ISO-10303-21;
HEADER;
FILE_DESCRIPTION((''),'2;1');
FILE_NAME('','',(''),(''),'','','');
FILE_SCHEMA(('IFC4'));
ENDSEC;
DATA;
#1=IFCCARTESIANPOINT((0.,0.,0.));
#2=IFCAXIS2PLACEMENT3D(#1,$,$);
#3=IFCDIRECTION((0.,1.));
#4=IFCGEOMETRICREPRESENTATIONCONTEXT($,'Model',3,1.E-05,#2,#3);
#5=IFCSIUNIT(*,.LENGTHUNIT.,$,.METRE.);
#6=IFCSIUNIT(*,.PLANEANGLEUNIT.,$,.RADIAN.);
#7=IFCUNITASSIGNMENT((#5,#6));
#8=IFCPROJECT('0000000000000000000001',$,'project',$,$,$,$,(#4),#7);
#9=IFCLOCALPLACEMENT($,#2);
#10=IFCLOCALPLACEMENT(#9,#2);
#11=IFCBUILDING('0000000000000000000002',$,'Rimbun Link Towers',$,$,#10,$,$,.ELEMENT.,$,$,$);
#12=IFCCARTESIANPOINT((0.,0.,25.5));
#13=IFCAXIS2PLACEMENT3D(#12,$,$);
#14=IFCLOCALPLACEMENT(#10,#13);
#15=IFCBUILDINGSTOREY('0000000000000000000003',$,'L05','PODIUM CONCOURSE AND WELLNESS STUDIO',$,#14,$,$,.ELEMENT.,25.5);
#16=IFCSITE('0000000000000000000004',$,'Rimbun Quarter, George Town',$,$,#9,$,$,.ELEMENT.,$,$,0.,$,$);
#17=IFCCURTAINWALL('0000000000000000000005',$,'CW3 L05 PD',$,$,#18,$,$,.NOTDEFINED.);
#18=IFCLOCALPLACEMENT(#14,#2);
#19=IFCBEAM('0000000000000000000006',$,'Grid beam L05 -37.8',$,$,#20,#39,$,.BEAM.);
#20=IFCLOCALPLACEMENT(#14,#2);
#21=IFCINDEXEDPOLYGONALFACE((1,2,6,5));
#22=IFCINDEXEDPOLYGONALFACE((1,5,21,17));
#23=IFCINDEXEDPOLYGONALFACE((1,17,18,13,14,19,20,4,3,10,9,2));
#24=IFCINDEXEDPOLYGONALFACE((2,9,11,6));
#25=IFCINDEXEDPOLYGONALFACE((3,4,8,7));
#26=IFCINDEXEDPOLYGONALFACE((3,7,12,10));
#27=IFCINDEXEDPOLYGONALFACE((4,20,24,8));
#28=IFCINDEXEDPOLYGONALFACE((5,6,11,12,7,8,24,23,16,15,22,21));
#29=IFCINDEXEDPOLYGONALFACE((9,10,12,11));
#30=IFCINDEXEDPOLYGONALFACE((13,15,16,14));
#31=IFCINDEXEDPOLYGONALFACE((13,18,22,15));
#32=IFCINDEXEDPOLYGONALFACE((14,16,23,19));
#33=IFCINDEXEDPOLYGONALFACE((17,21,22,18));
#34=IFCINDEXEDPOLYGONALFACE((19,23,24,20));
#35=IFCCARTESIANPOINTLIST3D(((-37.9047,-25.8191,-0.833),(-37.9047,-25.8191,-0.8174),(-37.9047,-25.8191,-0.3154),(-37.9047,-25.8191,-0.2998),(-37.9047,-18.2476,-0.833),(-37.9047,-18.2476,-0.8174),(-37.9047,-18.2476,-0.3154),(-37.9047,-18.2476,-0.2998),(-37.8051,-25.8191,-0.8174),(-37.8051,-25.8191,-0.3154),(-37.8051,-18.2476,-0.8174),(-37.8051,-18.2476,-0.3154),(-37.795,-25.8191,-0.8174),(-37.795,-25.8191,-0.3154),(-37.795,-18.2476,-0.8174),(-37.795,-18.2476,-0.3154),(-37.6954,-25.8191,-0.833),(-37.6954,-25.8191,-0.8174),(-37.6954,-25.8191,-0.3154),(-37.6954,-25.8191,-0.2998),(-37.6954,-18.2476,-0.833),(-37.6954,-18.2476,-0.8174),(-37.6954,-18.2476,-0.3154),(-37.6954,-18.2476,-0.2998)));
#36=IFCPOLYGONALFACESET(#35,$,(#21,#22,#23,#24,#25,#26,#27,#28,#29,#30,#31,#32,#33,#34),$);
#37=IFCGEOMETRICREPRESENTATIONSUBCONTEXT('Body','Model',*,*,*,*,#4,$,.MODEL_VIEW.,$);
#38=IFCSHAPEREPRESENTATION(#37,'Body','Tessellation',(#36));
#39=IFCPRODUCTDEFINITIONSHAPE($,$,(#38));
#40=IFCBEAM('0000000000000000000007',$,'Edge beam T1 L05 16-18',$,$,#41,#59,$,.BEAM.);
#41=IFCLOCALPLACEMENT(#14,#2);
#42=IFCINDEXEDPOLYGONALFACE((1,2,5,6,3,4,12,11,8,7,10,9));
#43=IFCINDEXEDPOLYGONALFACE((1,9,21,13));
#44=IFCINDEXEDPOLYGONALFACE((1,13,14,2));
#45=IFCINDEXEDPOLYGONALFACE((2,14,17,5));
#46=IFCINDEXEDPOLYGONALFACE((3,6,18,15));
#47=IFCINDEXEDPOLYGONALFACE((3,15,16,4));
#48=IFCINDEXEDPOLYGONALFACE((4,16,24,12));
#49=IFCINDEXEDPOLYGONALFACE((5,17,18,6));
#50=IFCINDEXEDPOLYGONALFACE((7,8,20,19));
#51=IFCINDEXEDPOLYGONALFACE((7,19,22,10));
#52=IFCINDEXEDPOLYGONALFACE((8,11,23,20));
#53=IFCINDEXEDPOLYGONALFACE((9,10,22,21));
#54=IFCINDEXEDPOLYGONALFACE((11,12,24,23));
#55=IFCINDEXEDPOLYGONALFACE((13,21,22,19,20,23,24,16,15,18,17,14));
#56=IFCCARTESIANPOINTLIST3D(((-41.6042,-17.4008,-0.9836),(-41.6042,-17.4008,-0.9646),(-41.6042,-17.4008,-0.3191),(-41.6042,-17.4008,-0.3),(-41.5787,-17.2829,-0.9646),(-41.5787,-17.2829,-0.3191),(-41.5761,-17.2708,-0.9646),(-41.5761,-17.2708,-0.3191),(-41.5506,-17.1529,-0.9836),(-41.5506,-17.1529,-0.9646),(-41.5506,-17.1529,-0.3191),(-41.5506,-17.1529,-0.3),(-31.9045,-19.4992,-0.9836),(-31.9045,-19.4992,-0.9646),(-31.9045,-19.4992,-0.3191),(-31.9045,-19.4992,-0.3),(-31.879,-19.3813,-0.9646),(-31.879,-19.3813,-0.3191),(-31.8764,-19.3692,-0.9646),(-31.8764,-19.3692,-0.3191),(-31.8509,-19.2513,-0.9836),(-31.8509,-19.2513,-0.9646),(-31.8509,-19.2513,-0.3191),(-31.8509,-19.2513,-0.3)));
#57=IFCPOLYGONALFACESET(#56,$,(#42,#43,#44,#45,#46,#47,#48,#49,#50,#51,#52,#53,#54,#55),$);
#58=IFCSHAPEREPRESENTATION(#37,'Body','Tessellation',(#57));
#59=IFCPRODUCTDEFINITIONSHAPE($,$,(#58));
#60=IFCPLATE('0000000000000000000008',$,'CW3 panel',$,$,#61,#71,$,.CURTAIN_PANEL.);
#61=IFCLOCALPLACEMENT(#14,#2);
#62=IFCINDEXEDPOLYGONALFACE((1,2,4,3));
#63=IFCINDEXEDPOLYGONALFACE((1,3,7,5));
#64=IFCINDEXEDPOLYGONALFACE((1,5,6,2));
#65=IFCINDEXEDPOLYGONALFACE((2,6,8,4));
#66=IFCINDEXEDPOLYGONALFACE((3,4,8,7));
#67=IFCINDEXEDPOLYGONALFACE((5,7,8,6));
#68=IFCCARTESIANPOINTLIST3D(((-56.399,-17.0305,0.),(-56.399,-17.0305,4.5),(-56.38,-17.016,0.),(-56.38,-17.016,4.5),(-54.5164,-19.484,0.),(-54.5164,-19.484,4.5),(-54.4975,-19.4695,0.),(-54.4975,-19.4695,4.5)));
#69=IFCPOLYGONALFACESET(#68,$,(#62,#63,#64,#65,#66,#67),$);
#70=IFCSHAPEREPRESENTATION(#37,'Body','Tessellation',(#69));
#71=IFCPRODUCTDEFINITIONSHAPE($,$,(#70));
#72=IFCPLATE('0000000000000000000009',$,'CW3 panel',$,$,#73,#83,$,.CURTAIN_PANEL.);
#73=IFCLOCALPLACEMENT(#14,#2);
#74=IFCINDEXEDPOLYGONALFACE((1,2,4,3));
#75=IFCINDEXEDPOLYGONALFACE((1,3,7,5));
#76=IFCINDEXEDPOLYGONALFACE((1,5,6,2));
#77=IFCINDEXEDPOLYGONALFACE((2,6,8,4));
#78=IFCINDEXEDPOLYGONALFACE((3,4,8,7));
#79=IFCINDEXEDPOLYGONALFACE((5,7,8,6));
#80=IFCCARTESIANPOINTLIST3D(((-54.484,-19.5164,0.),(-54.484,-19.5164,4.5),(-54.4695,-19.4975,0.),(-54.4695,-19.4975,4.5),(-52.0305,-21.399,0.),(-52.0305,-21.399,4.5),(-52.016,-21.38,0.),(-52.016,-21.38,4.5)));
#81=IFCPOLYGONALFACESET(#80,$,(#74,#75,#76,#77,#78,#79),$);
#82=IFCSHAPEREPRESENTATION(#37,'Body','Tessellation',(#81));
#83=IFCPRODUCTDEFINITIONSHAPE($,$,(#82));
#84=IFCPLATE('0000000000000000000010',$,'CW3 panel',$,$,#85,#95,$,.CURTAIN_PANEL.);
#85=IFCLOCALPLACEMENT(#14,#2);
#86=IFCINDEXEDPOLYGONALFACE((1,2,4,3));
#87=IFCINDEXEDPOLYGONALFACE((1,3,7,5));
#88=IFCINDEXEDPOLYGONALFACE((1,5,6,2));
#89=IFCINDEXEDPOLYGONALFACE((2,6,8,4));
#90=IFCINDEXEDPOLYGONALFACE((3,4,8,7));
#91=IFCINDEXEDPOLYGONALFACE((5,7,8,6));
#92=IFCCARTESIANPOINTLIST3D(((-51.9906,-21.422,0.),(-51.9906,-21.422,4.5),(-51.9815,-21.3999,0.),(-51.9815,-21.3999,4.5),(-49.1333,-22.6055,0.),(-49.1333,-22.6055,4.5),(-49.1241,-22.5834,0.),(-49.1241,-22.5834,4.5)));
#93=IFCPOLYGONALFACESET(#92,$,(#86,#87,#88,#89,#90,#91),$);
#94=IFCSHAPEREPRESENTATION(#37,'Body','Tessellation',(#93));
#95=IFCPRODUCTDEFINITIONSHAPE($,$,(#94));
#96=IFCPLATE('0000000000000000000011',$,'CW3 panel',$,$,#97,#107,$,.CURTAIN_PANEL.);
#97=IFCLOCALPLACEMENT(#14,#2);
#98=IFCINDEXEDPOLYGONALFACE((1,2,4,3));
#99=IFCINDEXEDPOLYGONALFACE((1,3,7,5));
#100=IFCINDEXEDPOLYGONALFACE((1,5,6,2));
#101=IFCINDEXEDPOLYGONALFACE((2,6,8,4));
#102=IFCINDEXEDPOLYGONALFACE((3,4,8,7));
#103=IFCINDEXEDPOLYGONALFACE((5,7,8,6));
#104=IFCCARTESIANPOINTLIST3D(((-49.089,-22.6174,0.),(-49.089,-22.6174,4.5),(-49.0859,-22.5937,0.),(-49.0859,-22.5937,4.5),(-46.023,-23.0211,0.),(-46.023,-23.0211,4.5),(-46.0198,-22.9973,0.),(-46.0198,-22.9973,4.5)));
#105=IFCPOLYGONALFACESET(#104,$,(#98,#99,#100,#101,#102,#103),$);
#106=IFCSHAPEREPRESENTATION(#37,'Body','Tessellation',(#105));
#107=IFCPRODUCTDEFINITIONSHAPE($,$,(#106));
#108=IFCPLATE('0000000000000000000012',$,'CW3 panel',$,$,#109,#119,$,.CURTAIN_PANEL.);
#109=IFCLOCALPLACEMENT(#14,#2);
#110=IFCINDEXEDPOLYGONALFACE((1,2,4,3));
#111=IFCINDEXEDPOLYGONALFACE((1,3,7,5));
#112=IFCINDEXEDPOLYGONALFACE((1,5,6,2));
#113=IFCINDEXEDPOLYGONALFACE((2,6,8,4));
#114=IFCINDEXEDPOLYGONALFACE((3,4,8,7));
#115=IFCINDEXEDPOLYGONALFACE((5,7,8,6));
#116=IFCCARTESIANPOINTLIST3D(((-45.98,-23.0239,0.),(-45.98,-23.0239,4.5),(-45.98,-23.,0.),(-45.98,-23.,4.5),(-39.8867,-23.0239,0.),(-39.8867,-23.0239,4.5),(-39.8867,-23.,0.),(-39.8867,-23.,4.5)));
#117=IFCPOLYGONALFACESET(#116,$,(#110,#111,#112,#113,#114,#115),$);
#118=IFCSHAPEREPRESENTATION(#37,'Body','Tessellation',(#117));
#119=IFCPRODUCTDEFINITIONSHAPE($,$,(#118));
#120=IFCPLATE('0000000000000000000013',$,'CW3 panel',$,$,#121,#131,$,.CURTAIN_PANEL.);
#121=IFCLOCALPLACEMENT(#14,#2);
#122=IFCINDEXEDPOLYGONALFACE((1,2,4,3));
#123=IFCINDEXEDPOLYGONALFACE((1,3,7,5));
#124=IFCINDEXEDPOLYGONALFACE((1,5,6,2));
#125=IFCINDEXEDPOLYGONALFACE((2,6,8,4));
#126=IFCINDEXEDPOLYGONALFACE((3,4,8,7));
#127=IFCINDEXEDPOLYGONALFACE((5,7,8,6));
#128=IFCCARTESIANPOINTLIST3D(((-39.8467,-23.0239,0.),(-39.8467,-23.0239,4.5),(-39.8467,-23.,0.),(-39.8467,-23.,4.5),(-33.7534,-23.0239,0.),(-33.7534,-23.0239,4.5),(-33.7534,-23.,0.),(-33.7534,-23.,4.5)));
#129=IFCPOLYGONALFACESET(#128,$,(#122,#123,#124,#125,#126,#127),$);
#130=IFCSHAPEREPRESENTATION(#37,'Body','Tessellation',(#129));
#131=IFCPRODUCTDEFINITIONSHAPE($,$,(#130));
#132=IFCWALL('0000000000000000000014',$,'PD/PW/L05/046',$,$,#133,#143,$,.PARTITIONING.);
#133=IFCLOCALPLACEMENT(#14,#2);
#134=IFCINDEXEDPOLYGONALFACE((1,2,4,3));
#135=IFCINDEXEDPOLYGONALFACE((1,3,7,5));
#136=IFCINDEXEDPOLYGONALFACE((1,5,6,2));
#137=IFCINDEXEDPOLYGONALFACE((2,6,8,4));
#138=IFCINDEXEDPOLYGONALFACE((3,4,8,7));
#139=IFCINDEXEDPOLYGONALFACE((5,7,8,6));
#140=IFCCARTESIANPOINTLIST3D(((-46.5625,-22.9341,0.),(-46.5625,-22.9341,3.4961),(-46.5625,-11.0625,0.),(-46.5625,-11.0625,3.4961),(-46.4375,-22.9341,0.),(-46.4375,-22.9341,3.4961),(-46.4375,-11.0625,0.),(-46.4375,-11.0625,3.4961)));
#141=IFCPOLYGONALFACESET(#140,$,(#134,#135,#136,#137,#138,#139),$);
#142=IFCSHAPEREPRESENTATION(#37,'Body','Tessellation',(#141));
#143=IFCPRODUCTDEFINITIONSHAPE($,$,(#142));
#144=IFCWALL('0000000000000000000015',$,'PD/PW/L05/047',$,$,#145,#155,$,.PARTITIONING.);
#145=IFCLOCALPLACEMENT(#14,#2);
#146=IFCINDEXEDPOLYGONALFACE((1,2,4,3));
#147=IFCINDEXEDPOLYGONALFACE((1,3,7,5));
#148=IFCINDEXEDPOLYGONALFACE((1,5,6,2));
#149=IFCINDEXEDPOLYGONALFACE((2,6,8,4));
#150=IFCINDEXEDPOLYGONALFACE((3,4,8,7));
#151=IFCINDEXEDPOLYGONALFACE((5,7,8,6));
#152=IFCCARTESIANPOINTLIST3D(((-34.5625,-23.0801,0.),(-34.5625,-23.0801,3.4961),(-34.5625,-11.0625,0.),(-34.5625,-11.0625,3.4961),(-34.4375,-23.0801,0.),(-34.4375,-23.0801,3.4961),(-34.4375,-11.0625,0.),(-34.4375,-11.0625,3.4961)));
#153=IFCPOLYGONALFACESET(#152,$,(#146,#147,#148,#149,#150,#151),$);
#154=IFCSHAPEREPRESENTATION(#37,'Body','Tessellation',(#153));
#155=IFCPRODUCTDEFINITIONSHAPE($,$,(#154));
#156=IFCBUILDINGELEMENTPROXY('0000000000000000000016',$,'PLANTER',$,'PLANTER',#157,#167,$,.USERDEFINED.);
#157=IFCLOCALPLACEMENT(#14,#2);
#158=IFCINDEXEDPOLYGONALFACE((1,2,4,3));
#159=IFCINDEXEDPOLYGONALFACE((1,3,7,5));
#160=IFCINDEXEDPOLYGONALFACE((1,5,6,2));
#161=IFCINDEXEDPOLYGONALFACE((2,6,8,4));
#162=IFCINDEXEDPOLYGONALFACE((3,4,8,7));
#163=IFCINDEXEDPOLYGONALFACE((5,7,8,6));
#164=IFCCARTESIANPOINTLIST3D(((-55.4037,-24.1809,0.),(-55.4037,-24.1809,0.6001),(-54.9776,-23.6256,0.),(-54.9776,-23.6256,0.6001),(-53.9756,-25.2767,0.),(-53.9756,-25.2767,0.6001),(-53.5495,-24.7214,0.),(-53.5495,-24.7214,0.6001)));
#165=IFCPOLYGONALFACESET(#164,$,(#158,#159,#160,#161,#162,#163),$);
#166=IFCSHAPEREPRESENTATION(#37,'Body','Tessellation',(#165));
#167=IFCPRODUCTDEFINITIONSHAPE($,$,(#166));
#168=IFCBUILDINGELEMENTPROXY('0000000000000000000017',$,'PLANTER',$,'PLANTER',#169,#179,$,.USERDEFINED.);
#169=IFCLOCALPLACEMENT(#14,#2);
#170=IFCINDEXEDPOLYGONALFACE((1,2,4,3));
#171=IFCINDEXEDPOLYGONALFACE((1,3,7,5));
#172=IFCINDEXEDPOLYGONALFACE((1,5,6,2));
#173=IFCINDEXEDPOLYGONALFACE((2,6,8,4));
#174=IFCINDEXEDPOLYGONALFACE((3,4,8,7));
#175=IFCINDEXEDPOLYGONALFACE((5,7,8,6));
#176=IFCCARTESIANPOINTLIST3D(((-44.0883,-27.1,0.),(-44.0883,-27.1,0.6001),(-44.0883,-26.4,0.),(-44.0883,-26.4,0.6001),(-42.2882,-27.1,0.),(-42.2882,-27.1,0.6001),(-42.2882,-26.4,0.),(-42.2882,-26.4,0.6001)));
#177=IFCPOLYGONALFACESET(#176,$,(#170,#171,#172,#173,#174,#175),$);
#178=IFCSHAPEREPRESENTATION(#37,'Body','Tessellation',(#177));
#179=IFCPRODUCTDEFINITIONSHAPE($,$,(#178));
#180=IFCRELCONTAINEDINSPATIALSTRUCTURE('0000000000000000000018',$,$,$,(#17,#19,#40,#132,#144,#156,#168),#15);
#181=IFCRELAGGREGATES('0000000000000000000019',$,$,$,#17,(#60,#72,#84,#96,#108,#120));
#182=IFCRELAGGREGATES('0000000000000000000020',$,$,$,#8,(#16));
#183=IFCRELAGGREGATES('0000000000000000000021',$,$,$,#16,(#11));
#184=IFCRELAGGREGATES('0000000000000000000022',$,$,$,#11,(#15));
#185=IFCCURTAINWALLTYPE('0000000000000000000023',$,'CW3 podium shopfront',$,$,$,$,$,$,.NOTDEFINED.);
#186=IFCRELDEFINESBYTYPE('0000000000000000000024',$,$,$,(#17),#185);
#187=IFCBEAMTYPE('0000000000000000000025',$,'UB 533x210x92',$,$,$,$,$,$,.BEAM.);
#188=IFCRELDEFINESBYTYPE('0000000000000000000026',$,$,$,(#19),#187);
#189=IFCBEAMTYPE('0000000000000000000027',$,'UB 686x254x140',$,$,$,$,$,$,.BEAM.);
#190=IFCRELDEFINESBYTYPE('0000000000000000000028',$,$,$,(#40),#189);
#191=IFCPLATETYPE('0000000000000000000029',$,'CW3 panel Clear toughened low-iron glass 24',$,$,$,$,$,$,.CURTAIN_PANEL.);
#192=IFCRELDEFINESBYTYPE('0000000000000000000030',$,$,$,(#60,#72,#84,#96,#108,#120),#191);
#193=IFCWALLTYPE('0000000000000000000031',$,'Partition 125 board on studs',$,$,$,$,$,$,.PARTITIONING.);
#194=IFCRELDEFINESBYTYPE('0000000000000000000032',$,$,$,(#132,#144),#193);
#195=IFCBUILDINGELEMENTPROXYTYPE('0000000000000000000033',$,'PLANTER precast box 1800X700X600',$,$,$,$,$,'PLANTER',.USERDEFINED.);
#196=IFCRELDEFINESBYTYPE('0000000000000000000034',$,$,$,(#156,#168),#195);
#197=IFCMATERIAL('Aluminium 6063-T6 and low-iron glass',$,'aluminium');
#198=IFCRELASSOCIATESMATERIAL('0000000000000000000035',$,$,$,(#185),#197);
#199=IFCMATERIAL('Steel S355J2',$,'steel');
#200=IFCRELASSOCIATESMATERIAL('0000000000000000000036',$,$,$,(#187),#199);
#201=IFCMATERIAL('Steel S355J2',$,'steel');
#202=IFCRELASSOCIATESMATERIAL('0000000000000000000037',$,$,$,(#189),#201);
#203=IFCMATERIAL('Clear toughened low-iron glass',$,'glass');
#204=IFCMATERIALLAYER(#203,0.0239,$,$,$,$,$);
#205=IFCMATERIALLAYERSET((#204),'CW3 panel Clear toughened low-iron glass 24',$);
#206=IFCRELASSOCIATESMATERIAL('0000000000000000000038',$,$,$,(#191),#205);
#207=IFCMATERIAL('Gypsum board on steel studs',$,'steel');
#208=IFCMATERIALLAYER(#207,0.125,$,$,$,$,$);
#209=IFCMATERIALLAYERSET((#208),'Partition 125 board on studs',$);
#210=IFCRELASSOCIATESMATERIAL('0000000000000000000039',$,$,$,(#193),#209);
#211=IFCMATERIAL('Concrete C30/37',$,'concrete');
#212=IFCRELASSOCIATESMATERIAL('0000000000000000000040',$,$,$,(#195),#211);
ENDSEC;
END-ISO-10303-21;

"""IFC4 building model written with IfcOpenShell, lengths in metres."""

from ifc_helpers import new_model, si_unit, direction, frame, frame_2d, origin, origin_2d, place, context, subcontext, project, spatial, rectangle, i_section, extrude, material, layer, layer_set, material_profile, profile_set, type_object, element, aggregate, save


model = new_model("IFC4")

# Units and contexts
model_context = context("Model", 3, precision=1e-05, world=origin(), true_north=direction((0.0, 1.0)))
body_context = subcontext(model_context, "Body", "Model", "MODEL_VIEW")
ifc_project = project(units=[si_unit("LENGTHUNIT", "METRE"), si_unit("PLANEANGLEUNIT", "RADIAN")], contexts=[model_context])

# Site, building, storey
site_placement = place(None, origin())
site = spatial("IfcSite", under=ifc_project, at=site_placement, Name="Rimbun Quarter, George Town", CompositionType="ELEMENT", RefElevation=0.0)
building_placement = place(site_placement, origin())
building = spatial("IfcBuilding", under=site, at=building_placement, Name="Rimbun Link Towers", CompositionType="ELEMENT")
storey_placement = place(building_placement, frame((0.0, 0.0, 25.5)))
storey = spatial("IfcBuildingStorey", under=building, at=storey_placement, Name="L05", Description="PODIUM CONCOURSE AND WELLNESS STUDIO", CompositionType="ELEMENT", Elevation=25.5)

# Curtain wall
ifc_material_1 = material(Name="Aluminium 6063-T6 and low-iron glass", Category="aluminium")
curtain_wall_type = type_object("IfcCurtainWallType", Name="CW3 podium shopfront", PredefinedType="NOTDEFINED", material=ifc_material_1)
curtain_wall_placement = place(storey_placement, origin())
curtain_wall = element("IfcCurtainWall", 1, at=curtain_wall_placement, inside=storey, type_object=curtain_wall_type, Name="CW3 L05 PD", PredefinedType="NOTDEFINED")

# Beams
ifc_material_2 = material(Name="Steel S355J2", Category="steel")
ifc_material_profile_1 = material_profile(ifc_material_2, i_section(OverallWidth=0.2092, OverallDepth=0.5332, WebThickness=0.01, FlangeThickness=0.0156, at=origin_2d()), Name="UB 533x210x92")
ifc_profile_set_1 = profile_set([ifc_material_profile_1], Name="Steel S355J2")
beam_type_1 = type_object("IfcBeamType", Name="UB 533x210x92", PredefinedType="BEAM", material=ifc_profile_set_1)
beam_1_placement = place(storey_placement, frame((-37.8, -25.8191, -0.5664), z_axis=(0.0, 1.0, 0.0), x_axis=(-1.0, 0.0, 0.0)))
element("IfcBeam", 2, at=beam_1_placement, inside=storey, type_object=beam_type_1, Name="Grid beam L05 -37.8", PredefinedType="BEAM", context=body_context, shape_type="SweptSolid", body=[
    extrude(i_section(OverallWidth=0.2092, OverallDepth=0.5332, WebThickness=0.01, FlangeThickness=0.0156, at=origin_2d()), origin(), (0.0, 0.0, 1.0), 7.5715),
])
ifc_material_3 = material(Name="Steel S355J2", Category="steel")
ifc_material_profile_2 = material_profile(ifc_material_3, i_section(OverallWidth=0.2537, OverallDepth=0.6836, WebThickness=0.0125, FlangeThickness=0.019, at=origin_2d()), Name="UB 686x254x140")
ifc_profile_set_2 = profile_set([ifc_material_profile_2], Name="Steel S355J2")
beam_type_2 = type_object("IfcBeamType", Name="UB 686x254x140", PredefinedType="BEAM", material=ifc_profile_set_2)
beam_2_placement = place(storey_placement, frame((-41.5774, -17.2769, -0.6418), z_axis=(0.97739, -0.211444, 0.0), x_axis=(0.211444, 0.97739, 0.0)))
element("IfcBeam", 3, at=beam_2_placement, inside=storey, type_object=beam_type_2, Name="Edge beam T1 L05 16-18", PredefinedType="BEAM", context=body_context, shape_type="SweptSolid", body=[
    extrude(i_section(OverallWidth=0.2537, OverallDepth=0.6836, WebThickness=0.0125, FlangeThickness=0.019, at=origin_2d()), origin(), (0.0, 0.0, 1.0), 9.9241),
])

# Plates
ifc_material_4 = material(Name="Clear toughened low-iron glass", Category="glass")
ifc_layer_1 = layer(ifc_material_4, 0.0239)
ifc_layer_set_1 = layer_set([ifc_layer_1], Name="CW3 panel Clear toughened low-iron glass 24")
plate_type = type_object("IfcPlateType", Name="CW3 panel Clear toughened low-iron glass 24", PredefinedType="CURTAIN_PANEL", material=ifc_layer_set_1)
plate_1_placement = place(storey_placement, frame((-55.4482, -18.25, 0.0), z_axis=(0.0, 0.0, 1.0), x_axis=(-0.608754, 0.793359, 0.0)))
plate_1 = element("IfcPlate", 4, at=plate_1_placement, type_object=plate_type, Name="CW3 panel", PredefinedType="CURTAIN_PANEL", context=body_context, shape_type="SweptSolid", body=[
    extrude(rectangle(XDim=3.0925, YDim=0.0239, at=origin_2d()), origin(), (0.0, 0.0, 1.0), 4.5),
])
plate_2_placement = place(storey_placement, frame((-53.25, -20.4482, 0.0), z_axis=(0.0, 0.0, 1.0), x_axis=(-0.793359, 0.608754, 0.0)))
plate_2 = element("IfcPlate", 5, at=plate_2_placement, type_object=plate_type, Name="CW3 panel", PredefinedType="CURTAIN_PANEL", context=body_context, shape_type="SweptSolid", body=[
    extrude(rectangle(XDim=3.0925, YDim=0.0239, at=origin_2d()), origin(), (0.0, 0.0, 1.0), 4.5),
])
plate_3_placement = place(storey_placement, frame((-50.5574, -22.0027, 0.0), z_axis=(0.0, 0.0, 1.0), x_axis=(-0.923881, 0.382679, 0.0)))
plate_3 = element("IfcPlate", 6, at=plate_3_placement, type_object=plate_type, Name="CW3 panel", PredefinedType="CURTAIN_PANEL", context=body_context, shape_type="SweptSolid", body=[
    extrude(rectangle(XDim=3.0928, YDim=0.0239, at=origin_2d()), origin(), (0.0, 0.0, 1.0), 4.5),
])
plate_4_placement = place(storey_placement, frame((-47.5544, -22.8074, 0.0), z_axis=(0.0, 0.0, 1.0), x_axis=(-0.991444, 0.13053, 0.0)))
plate_4 = element("IfcPlate", 7, at=plate_4_placement, type_object=plate_type, Name="CW3 panel", PredefinedType="CURTAIN_PANEL", context=body_context, shape_type="SweptSolid", body=[
    extrude(rectangle(XDim=3.0925, YDim=0.0239, at=origin_2d()), origin(), (0.0, 0.0, 1.0), 4.5),
])
plate_5_placement = place(storey_placement, frame((-42.9333, -23.012, 0.0), z_axis=(0.0, 0.0, 1.0), x_axis=(-1.0, 0.0, 0.0)))
plate_5 = element("IfcPlate", 8, at=plate_5_placement, type_object=plate_type, Name="CW3 panel", PredefinedType="CURTAIN_PANEL", context=body_context, shape_type="SweptSolid", body=[
    extrude(rectangle(XDim=6.0933, YDim=0.0239, at=origin_2d()), origin(), (0.0, 0.0, 1.0), 4.5),
])
plate_6_placement = place(storey_placement, frame((-36.8, -23.012, 0.0), z_axis=(0.0, 0.0, 1.0), x_axis=(-1.0, 0.0, 0.0)))
plate_6 = element("IfcPlate", 9, at=plate_6_placement, type_object=plate_type, Name="CW3 panel", PredefinedType="CURTAIN_PANEL", context=body_context, shape_type="SweptSolid", body=[
    extrude(rectangle(XDim=6.0933, YDim=0.0239, at=origin_2d()), origin(), (0.0, 0.0, 1.0), 4.5),
])
aggregate(curtain_wall, [plate_1, plate_2, plate_3, plate_4, plate_5, plate_6])

# Walls
ifc_material_5 = material(Name="Gypsum board on steel studs", Category="steel")
ifc_layer_2 = layer(ifc_material_5, 0.125)
ifc_layer_set_2 = layer_set([ifc_layer_2], Name="Partition 125 board on studs")
wall_type = type_object("IfcWallType", Name="Partition 125 board on studs", PredefinedType="PARTITIONING", material=ifc_layer_set_2)
wall_1_placement = place(storey_placement, frame((-46.5, -22.9341, 0.0), z_axis=(0.0, 0.0, 1.0), x_axis=(0.0, 1.0, 0.0)))
element("IfcWall", 10, at=wall_1_placement, inside=storey, type_object=wall_type, Name="PD/PW/L05/046", PredefinedType="PARTITIONING", context=body_context, shape_type="SweptSolid", body=[
    extrude(rectangle(XDim=11.8716, YDim=0.125, at=frame_2d((5.9358, 0.0))), origin(), (0.0, 0.0, 1.0), 3.4961),
])
wall_2_placement = place(storey_placement, frame((-34.5, -23.0801, 0.0), z_axis=(0.0, 0.0, 1.0), x_axis=(0.0, 1.0, 0.0)))
element("IfcWall", 11, at=wall_2_placement, inside=storey, type_object=wall_type, Name="PD/PW/L05/047", PredefinedType="PARTITIONING", context=body_context, shape_type="SweptSolid", body=[
    extrude(rectangle(XDim=12.0176, YDim=0.125, at=frame_2d((6.0088, 0.0))), origin(), (0.0, 0.0, 1.0), 3.4961),
])

# Building element proxies
ifc_material_6 = material(Name="Concrete C30/37", Category="concrete")
building_element_proxy_type = type_object("IfcBuildingElementProxyType", Name="PLANTER precast box 1800X700X600", ElementType="PLANTER", PredefinedType="USERDEFINED", material=ifc_material_6)
for number, where, z_axis, x_axis, name in (
    (12, (-54.4766, -24.4512, 0.0), (0.0, 0.0, 1.0), (0.793359, -0.608754, 0.0), "PLANTER"),
    (13, (-43.1882, -26.75, 0.0), (0.0, 0.0, 1.0), (1.0, 0.0, 0.0), "PLANTER"),
):
    element("IfcBuildingElementProxy", number, at=place(storey_placement, frame(where, z_axis=z_axis, x_axis=x_axis)), inside=storey, type_object=building_element_proxy_type, Name=name, ObjectType="PLANTER", PredefinedType="USERDEFINED", context=body_context, shape_type="SweptSolid", body=[
        extrude(rectangle(XDim=1.8, YDim=0.7, at=origin_2d()), origin(), (0.0, 0.0, 1.0), 0.6001),
    ])

save(model, "model.ifc")
